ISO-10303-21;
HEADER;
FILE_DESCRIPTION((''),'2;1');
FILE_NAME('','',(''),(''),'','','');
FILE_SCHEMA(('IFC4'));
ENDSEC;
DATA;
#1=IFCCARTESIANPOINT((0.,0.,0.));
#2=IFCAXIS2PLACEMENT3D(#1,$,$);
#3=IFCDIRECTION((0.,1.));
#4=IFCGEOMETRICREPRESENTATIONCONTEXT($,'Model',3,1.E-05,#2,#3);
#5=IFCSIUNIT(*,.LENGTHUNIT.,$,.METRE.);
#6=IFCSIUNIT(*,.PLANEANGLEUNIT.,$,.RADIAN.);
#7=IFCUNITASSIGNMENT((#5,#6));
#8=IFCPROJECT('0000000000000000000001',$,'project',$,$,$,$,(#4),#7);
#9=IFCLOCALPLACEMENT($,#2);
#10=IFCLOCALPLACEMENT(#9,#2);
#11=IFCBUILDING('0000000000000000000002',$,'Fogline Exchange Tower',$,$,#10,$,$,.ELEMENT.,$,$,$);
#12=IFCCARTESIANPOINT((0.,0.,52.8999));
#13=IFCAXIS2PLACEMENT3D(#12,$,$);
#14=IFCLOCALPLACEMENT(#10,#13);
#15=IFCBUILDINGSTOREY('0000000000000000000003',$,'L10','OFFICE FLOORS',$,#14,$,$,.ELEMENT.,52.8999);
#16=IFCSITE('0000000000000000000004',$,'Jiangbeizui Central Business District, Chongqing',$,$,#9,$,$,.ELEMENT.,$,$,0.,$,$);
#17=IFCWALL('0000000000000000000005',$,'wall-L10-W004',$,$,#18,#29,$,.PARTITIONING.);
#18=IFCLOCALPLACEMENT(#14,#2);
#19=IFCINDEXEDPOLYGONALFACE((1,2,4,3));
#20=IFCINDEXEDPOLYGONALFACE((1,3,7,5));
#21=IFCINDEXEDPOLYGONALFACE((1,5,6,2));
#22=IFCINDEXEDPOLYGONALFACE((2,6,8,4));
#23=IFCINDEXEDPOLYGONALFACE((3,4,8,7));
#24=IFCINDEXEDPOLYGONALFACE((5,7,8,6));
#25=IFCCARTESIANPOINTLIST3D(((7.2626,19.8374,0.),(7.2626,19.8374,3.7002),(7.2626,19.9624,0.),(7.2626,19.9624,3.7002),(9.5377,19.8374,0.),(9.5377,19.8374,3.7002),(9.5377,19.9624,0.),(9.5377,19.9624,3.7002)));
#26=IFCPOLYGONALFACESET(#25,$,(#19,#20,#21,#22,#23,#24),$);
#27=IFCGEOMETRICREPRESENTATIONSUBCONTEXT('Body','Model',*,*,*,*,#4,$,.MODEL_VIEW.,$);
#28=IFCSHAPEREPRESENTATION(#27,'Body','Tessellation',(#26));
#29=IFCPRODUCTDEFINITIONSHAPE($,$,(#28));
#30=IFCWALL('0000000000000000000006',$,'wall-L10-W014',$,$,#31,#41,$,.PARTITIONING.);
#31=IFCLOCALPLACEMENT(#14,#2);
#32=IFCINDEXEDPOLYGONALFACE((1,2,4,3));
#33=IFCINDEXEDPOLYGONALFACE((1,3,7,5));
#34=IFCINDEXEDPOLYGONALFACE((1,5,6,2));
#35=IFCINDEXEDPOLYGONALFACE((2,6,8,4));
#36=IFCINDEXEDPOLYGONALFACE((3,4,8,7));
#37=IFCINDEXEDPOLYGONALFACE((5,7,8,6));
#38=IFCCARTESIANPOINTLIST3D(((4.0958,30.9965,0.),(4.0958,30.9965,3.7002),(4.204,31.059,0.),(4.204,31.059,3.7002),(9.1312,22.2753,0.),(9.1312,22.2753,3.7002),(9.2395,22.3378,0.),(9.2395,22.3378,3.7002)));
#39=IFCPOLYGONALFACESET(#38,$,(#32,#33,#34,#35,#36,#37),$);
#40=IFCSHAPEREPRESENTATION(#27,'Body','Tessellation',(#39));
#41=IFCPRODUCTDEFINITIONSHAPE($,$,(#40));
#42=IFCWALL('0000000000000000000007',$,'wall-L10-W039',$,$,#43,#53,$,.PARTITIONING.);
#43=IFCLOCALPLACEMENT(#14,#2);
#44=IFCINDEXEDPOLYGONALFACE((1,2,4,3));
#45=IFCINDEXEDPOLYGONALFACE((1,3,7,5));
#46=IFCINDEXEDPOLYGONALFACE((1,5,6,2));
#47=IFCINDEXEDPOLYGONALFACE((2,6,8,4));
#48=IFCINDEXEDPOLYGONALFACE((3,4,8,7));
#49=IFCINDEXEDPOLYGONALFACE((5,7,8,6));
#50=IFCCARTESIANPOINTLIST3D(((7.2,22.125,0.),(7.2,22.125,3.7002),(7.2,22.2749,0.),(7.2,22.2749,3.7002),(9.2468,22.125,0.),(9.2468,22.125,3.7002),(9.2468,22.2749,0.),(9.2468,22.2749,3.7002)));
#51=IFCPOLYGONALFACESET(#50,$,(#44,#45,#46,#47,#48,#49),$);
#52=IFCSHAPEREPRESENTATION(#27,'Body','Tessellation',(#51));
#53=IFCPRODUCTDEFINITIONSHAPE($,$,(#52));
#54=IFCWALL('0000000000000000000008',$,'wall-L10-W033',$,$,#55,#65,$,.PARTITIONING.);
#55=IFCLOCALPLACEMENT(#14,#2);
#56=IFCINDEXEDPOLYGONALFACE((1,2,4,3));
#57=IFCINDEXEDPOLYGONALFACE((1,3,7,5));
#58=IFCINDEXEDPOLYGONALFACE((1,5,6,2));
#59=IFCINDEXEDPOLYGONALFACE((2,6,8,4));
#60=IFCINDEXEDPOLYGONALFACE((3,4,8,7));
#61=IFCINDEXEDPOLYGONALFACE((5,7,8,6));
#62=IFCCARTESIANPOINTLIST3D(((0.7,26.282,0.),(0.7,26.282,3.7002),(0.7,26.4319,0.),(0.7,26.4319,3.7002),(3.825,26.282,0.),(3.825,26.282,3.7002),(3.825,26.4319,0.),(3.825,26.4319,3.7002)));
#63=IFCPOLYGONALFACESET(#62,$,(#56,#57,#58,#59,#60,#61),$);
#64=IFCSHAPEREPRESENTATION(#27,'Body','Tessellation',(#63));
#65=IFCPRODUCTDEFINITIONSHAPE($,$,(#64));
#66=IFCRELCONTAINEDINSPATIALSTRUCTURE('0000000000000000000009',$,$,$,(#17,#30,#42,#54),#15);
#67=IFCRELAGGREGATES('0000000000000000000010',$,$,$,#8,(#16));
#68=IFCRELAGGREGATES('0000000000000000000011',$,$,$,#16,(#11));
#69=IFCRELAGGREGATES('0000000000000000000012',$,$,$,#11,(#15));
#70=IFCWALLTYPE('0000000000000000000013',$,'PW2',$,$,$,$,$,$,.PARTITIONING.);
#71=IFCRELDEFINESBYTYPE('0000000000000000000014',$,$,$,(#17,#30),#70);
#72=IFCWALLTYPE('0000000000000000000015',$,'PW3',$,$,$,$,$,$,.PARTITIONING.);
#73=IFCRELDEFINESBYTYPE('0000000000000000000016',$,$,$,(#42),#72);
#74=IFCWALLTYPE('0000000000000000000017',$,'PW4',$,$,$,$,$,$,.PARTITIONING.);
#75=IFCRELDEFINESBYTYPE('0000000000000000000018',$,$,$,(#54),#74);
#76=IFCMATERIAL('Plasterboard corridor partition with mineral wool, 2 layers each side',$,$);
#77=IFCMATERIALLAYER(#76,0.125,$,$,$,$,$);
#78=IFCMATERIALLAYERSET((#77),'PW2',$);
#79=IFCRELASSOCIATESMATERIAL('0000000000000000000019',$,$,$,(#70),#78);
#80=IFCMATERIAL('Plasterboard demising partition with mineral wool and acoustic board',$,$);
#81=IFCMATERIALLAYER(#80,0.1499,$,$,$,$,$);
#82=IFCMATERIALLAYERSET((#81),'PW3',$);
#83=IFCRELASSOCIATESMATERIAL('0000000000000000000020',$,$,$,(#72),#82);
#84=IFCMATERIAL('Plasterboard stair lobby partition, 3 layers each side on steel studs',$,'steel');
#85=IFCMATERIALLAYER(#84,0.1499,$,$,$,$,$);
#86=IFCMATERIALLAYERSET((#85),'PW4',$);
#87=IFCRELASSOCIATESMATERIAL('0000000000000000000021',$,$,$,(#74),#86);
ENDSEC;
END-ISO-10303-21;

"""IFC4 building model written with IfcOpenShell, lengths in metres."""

from ifc_helpers import new_model, si_unit, direction, frame, frame_2d, origin, place, context, subcontext, project, spatial, rectangle, extrude, material, layer, layer_set, type_object, element, save


model = new_model("IFC4")

# Units and contexts
model_context = context("Model", 3, precision=1e-05, world=origin(), true_north=direction((0.0, 1.0)))
body_context = subcontext(model_context, "Body", "Model", "MODEL_VIEW")
ifc_project = project(units=[si_unit("LENGTHUNIT", "METRE"), si_unit("PLANEANGLEUNIT", "RADIAN")], contexts=[model_context])

# Site, building, storey
site_placement = place(None, origin())
site = spatial("IfcSite", under=ifc_project, at=site_placement, Name="Jiangbeizui Central Business District, Chongqing", CompositionType="ELEMENT", RefElevation=0.0)
building_placement = place(site_placement, origin())
building = spatial("IfcBuilding", under=site, at=building_placement, Name="Fogline Exchange Tower", CompositionType="ELEMENT")
storey_placement = place(building_placement, frame((0.0, 0.0, 52.8999)))
storey = spatial("IfcBuildingStorey", under=building, at=storey_placement, Name="L10", Description="OFFICE FLOORS", CompositionType="ELEMENT", Elevation=52.8999)

# Shared definitions
ifc_material_1 = material(Name="Plasterboard corridor partition with mineral wool, 2 layers each side")
ifc_layer_1 = layer(ifc_material_1, 0.125)
ifc_layer_set_1 = layer_set([ifc_layer_1], Name="PW2")
wall_type_1 = type_object("IfcWallType", Name="PW2", PredefinedType="PARTITIONING", material=ifc_layer_set_1)

# Walls
wall_1_placement = place(storey_placement, frame((7.2625, 19.8999, 0.0), z_axis=(0.0, 0.0, 1.0), x_axis=(1.0, 0.0, 0.0)))
element("IfcWall", 1, at=wall_1_placement, inside=storey, type_object=wall_type_1, Name="wall-L10-W004", PredefinedType="PARTITIONING", context=body_context, shape_type="SweptSolid", body=[
    extrude(rectangle(XDim=2.2751, YDim=0.125, at=frame_2d((1.1377, 0.0))), origin(), (0.0, 0.0, 1.0), 3.7002),
])
wall_2_placement = place(storey_placement, frame((9.1853, 22.3066, 0.0), z_axis=(0.0, 0.0, 1.0), x_axis=(-0.500016, 0.866016, 0.0)))
element("IfcWall", 2, at=wall_2_placement, inside=storey, type_object=wall_type_1, Name="wall-L10-W014", PredefinedType="PARTITIONING", context=body_context, shape_type="SweptSolid", body=[
    extrude(rectangle(XDim=10.0706, YDim=0.125, at=frame_2d((5.0352, 0.0))), origin(), (0.0, 0.0, 1.0), 3.7002),
])
ifc_material_2 = material(Name="Plasterboard demising partition with mineral wool and acoustic board")
ifc_layer_2 = layer(ifc_material_2, 0.1499)
ifc_layer_set_2 = layer_set([ifc_layer_2], Name="PW3")
wall_type_2 = type_object("IfcWallType", Name="PW3", PredefinedType="PARTITIONING", material=ifc_layer_set_2)
wall_3_placement = place(storey_placement, frame((7.2, 22.2, 0.0), z_axis=(0.0, 0.0, 1.0), x_axis=(1.0, 0.0, 0.0)))
element("IfcWall", 3, at=wall_3_placement, inside=storey, type_object=wall_type_2, Name="wall-L10-W039", PredefinedType="PARTITIONING", context=body_context, shape_type="SweptSolid", body=[
    extrude(rectangle(XDim=2.0469, YDim=0.1499, at=frame_2d((1.0234, 0.0))), origin(), (0.0, 0.0, 1.0), 3.7002),
])
ifc_material_3 = material(Name="Plasterboard stair lobby partition, 3 layers each side on steel studs", Category="steel")
ifc_layer_3 = layer(ifc_material_3, 0.1499)
ifc_layer_set_3 = layer_set([ifc_layer_3], Name="PW4")
wall_type_3 = type_object("IfcWallType", Name="PW4", PredefinedType="PARTITIONING", material=ifc_layer_set_3)
wall_4_placement = place(storey_placement, frame((3.825, 26.3569, 0.0), z_axis=(0.0, 0.0, 1.0), x_axis=(-1.0, 0.0, 0.0)))
element("IfcWall", 4, at=wall_4_placement, inside=storey, type_object=wall_type_3, Name="wall-L10-W033", PredefinedType="PARTITIONING", context=body_context, shape_type="SweptSolid", body=[
    extrude(rectangle(XDim=3.125, YDim=0.1499, at=frame_2d((1.5625, 0.0))), origin(), (0.0, 0.0, 1.0), 3.7002),
])

save(model, "model.ifc")
